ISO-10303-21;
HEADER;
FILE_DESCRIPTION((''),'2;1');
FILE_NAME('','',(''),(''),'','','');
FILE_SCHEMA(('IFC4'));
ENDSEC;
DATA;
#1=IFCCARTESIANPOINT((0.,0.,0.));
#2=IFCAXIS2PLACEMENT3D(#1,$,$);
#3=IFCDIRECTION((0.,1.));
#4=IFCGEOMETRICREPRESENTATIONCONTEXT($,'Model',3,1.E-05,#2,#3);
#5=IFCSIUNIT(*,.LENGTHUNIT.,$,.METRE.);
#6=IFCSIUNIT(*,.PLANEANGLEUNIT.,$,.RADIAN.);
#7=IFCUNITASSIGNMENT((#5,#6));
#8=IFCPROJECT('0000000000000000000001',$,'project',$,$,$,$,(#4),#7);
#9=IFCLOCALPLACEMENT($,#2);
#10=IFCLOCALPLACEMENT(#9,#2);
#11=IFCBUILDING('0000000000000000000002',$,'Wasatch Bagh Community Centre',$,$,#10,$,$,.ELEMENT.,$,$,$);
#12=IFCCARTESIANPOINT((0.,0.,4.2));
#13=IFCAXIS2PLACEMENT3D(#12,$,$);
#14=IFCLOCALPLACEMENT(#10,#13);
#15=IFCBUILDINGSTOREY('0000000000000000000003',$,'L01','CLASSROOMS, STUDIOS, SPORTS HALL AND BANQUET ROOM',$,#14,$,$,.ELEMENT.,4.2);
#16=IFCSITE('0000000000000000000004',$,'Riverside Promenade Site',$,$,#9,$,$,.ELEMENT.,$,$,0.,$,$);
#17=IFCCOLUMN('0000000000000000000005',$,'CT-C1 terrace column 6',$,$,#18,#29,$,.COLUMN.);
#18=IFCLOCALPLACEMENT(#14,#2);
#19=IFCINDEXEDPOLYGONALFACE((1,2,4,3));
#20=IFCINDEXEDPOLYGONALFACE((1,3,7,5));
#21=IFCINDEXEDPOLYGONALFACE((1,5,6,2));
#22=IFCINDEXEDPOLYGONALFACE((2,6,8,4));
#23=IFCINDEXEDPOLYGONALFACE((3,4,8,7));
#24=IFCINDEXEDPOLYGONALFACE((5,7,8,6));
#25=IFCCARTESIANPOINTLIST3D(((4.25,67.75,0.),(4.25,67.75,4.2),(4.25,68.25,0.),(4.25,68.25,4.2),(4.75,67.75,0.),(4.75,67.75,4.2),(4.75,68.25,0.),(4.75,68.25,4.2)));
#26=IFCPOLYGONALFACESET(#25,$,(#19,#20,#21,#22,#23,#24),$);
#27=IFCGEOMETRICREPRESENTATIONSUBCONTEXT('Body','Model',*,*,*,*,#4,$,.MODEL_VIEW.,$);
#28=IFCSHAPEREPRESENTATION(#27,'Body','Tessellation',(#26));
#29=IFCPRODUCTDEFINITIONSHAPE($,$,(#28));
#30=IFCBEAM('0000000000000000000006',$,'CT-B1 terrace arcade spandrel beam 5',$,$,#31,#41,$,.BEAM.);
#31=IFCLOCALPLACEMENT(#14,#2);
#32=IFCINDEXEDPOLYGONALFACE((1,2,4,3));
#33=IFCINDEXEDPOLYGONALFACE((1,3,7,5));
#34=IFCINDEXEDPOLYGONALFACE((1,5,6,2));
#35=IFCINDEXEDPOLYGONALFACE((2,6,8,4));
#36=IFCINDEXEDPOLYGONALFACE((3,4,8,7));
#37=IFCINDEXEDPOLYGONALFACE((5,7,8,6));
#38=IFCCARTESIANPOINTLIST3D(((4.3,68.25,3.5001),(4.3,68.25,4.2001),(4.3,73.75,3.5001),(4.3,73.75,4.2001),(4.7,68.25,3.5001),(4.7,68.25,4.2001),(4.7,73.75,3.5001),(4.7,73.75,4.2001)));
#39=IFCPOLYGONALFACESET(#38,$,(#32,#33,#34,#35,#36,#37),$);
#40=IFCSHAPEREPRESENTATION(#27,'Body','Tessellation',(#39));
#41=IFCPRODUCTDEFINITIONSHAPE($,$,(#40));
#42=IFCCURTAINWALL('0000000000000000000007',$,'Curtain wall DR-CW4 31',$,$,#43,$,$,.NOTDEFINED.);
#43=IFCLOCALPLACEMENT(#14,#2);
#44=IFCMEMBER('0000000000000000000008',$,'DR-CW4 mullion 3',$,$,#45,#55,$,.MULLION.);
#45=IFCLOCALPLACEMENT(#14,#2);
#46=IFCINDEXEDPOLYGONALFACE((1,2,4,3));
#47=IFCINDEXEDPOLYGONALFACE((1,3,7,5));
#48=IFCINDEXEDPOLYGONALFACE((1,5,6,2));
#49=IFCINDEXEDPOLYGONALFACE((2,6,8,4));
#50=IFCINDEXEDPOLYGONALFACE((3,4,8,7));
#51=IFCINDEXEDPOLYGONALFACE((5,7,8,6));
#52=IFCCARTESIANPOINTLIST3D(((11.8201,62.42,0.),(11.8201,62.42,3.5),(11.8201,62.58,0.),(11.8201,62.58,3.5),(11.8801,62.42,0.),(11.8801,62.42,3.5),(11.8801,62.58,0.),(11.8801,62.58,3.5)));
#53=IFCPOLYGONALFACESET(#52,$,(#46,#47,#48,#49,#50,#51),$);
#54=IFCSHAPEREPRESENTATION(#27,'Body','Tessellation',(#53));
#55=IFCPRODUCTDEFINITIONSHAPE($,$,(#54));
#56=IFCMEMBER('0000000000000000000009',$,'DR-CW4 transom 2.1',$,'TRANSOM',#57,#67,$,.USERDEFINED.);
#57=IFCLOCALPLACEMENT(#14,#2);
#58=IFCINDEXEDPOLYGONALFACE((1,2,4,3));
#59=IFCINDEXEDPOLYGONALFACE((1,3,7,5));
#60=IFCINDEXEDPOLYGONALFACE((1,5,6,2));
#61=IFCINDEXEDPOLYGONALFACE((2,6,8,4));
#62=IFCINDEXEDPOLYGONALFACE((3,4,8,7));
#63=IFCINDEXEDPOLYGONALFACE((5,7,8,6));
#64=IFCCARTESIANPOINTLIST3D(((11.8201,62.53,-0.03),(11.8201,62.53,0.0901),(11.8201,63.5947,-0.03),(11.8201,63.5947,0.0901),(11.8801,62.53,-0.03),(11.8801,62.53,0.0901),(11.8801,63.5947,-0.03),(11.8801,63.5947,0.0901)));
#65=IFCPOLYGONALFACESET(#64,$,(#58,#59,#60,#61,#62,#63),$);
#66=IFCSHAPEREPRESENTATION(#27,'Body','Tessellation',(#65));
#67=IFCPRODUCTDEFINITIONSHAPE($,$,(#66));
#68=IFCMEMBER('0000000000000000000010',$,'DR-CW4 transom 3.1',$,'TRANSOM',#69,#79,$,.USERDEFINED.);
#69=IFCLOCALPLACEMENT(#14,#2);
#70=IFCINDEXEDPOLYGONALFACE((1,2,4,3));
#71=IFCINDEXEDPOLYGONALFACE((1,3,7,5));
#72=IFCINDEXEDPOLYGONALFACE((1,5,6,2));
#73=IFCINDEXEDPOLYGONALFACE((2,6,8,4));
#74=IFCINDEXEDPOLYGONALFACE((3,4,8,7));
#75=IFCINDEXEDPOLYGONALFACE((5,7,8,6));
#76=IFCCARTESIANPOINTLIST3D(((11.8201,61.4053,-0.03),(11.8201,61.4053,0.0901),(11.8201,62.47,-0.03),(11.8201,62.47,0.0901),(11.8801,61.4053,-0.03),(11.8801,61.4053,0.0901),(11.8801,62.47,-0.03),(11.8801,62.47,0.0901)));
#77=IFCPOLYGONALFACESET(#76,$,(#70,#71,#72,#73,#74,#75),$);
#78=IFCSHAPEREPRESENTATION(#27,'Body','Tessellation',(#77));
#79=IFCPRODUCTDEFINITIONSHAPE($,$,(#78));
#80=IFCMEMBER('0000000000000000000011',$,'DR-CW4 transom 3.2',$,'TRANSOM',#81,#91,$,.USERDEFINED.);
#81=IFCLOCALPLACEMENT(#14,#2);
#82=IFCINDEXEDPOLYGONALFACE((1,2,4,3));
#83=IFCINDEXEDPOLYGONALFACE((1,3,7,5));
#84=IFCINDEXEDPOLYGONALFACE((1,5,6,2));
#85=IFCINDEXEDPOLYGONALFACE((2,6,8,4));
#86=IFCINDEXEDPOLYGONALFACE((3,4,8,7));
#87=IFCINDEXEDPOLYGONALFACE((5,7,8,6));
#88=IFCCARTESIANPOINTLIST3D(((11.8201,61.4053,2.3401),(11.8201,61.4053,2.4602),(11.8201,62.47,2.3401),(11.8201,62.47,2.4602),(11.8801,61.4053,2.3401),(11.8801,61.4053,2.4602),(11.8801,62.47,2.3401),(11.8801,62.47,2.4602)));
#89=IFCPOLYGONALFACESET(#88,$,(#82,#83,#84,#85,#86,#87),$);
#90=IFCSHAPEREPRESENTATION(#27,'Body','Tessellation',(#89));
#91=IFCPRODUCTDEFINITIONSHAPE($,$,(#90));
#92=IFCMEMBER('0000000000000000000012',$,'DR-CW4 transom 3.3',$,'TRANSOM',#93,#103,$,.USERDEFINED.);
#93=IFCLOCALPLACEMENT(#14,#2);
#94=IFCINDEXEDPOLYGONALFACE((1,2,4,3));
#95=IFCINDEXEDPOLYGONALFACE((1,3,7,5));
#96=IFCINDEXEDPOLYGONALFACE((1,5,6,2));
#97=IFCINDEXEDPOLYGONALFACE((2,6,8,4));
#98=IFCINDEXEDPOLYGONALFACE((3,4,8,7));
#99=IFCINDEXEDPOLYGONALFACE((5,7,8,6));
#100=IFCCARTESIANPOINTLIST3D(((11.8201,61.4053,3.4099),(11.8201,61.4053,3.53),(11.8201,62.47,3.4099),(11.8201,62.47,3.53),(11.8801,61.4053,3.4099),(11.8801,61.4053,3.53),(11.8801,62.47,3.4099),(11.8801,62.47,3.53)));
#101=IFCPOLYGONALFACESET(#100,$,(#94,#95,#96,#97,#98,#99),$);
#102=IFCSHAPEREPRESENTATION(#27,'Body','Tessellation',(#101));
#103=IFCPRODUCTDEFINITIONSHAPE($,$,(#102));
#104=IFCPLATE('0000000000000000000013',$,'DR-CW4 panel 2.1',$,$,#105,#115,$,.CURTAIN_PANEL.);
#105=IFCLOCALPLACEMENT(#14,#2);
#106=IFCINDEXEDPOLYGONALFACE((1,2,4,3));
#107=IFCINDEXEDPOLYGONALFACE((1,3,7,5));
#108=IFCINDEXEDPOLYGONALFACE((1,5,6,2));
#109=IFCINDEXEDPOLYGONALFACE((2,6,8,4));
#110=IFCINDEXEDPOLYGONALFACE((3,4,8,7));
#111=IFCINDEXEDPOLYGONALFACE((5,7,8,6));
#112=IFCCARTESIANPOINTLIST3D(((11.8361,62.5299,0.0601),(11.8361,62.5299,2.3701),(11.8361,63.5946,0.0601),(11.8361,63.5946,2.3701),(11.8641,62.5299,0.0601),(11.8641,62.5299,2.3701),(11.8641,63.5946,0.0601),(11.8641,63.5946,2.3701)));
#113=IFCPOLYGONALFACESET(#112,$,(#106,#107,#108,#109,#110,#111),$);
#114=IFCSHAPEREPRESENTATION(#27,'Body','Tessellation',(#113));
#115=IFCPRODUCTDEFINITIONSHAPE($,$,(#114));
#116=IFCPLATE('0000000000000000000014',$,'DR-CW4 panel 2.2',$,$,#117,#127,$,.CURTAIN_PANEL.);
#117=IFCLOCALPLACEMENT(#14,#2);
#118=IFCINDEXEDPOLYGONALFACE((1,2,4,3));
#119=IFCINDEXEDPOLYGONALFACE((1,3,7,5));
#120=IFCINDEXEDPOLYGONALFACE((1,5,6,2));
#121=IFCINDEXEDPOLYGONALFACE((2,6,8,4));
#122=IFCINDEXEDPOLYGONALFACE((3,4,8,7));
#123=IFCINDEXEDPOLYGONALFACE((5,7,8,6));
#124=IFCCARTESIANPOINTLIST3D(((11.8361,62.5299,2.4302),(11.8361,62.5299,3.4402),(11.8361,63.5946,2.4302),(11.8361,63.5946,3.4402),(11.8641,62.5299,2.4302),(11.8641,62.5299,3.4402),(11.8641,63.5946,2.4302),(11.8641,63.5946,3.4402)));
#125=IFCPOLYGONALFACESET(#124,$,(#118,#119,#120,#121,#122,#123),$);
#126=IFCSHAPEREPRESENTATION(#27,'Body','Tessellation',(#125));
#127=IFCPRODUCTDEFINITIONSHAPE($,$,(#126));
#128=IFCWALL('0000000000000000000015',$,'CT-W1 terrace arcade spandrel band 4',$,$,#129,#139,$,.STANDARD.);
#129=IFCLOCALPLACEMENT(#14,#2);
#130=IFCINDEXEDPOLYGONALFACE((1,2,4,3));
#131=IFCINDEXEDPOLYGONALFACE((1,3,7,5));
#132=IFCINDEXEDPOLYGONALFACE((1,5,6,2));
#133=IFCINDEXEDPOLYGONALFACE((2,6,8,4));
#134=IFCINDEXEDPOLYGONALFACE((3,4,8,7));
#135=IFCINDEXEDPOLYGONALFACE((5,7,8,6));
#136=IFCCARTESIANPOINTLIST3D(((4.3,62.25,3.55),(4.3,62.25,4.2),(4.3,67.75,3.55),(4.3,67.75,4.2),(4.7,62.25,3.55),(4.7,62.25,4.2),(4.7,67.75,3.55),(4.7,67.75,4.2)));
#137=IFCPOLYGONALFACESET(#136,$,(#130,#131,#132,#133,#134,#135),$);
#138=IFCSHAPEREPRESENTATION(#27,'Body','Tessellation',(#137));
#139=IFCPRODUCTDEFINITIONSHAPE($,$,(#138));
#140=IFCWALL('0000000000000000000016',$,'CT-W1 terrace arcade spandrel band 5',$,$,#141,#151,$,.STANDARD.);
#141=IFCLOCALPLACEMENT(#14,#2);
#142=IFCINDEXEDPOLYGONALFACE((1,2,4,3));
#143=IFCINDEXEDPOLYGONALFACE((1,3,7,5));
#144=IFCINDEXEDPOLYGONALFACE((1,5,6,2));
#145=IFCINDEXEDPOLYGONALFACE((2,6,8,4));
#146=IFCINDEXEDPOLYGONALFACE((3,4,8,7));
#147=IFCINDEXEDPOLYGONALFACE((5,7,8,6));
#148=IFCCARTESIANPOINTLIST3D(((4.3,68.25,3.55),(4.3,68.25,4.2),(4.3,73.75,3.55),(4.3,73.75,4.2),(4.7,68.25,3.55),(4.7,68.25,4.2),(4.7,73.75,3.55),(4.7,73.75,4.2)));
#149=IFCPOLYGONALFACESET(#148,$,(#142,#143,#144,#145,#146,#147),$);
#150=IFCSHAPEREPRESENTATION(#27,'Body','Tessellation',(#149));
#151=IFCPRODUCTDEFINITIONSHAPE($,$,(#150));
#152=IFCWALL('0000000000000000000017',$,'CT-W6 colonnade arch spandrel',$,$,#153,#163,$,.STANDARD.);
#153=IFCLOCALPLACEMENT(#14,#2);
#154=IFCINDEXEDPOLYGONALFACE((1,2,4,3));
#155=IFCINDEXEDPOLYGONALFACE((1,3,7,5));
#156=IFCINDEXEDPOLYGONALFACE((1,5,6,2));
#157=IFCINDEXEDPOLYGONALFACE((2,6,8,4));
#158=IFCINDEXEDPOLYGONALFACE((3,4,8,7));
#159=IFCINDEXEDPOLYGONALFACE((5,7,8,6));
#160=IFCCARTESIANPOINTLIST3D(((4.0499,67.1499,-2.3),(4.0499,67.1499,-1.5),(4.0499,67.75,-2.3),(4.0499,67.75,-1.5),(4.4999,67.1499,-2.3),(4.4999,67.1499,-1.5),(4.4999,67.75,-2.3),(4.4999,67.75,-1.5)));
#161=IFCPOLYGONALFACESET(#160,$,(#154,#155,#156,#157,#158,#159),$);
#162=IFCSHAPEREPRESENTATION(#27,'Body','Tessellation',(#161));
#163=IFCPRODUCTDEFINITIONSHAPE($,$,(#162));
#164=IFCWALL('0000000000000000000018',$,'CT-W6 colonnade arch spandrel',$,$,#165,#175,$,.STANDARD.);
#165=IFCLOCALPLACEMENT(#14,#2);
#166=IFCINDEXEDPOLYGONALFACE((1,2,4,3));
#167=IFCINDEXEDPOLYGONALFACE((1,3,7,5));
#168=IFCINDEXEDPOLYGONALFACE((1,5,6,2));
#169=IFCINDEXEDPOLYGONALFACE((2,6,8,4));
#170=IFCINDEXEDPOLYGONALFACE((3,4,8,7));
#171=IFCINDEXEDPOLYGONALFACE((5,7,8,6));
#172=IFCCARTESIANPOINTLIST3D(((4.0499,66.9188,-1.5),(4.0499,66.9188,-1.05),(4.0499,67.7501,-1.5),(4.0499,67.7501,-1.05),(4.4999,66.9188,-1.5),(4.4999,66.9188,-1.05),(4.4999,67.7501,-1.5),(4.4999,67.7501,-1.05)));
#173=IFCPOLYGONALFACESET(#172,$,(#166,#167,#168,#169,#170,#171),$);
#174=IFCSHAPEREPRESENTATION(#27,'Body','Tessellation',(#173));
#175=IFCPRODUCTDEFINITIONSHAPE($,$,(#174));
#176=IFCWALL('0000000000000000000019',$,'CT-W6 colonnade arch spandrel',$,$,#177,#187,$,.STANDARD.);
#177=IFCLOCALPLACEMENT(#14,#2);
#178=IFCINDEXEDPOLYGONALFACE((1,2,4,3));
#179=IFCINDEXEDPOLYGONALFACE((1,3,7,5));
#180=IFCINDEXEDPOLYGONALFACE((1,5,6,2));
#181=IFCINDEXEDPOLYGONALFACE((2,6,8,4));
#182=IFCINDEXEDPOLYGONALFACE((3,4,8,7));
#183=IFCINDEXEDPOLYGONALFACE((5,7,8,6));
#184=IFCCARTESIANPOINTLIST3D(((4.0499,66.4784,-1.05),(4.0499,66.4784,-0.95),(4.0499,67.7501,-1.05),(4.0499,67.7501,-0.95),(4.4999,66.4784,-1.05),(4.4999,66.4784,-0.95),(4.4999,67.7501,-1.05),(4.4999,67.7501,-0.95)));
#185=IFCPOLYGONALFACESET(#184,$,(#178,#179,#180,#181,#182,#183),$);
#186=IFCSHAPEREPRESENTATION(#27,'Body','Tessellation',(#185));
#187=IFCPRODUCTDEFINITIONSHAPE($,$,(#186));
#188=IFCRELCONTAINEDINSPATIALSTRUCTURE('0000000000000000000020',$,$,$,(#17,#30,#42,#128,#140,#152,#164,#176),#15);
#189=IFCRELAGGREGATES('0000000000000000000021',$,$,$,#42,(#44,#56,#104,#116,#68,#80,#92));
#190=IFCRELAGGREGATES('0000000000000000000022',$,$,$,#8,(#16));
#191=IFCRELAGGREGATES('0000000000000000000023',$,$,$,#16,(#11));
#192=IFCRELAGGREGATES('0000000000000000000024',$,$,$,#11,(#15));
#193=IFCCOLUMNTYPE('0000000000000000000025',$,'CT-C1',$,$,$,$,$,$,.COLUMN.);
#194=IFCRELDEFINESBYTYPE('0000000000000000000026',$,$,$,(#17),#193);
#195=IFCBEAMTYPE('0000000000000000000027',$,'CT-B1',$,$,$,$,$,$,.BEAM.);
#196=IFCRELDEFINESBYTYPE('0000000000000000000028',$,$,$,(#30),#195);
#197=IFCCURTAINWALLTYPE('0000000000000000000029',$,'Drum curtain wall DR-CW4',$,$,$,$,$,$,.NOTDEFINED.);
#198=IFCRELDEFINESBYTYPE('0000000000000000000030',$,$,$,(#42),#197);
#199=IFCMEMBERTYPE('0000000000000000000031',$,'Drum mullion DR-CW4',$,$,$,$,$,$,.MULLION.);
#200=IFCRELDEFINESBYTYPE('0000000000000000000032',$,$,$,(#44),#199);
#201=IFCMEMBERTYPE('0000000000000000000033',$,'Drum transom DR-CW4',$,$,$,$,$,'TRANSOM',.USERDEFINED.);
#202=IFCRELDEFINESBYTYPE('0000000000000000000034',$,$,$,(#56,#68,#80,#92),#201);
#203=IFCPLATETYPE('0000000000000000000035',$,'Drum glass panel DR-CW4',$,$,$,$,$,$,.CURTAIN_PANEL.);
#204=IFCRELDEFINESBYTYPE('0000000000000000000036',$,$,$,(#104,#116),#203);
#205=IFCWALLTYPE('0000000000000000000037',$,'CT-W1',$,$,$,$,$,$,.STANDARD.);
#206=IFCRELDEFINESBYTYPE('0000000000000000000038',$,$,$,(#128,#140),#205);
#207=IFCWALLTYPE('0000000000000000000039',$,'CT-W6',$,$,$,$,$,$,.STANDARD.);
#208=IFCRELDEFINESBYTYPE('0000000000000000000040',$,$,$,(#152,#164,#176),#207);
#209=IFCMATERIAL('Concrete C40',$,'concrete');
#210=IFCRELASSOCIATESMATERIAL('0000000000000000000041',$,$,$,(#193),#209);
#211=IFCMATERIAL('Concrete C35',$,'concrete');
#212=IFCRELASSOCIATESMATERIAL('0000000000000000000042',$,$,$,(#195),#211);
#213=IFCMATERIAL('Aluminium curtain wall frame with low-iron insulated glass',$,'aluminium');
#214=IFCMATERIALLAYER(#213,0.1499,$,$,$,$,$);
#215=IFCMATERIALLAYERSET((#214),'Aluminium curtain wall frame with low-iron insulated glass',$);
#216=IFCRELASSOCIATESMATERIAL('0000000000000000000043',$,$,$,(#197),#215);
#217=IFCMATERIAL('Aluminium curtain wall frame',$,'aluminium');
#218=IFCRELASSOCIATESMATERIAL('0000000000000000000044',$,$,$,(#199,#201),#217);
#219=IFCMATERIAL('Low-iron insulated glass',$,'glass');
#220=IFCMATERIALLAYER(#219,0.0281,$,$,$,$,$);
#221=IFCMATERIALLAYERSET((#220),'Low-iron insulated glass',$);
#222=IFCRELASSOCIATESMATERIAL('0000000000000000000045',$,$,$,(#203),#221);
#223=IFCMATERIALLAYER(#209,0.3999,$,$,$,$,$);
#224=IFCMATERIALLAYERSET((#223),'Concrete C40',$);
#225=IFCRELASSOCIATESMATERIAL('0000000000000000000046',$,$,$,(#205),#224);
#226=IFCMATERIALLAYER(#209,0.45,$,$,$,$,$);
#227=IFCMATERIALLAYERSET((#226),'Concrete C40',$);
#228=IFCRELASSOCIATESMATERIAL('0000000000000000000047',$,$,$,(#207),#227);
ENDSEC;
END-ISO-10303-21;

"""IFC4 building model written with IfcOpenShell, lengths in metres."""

from ifc_helpers import new_model, si_unit, direction, frame, frame_2d, origin, origin_2d, place, context, subcontext, project, spatial, rectangle, extrude, material, layer, layer_set, material_profile, profile_set, type_object, element, aggregate, save


model = new_model("IFC4")

# Units and contexts
model_context = context("Model", 3, precision=1e-05, world=origin(), true_north=direction((0.0, 1.0)))
body_context = subcontext(model_context, "Body", "Model", "MODEL_VIEW")
ifc_project = project(units=[si_unit("LENGTHUNIT", "METRE"), si_unit("PLANEANGLEUNIT", "RADIAN")], contexts=[model_context])

# Site, building, storey
site_placement = place(None, origin())
site = spatial("IfcSite", under=ifc_project, at=site_placement, Name="Riverside Promenade Site", CompositionType="ELEMENT", RefElevation=0.0)
building_placement = place(site_placement, origin())
building = spatial("IfcBuilding", under=site, at=building_placement, Name="Wasatch Bagh Community Centre", CompositionType="ELEMENT")
storey_placement = place(building_placement, frame((0.0, 0.0, 4.2)))
storey = spatial("IfcBuildingStorey", under=building, at=storey_placement, Name="L01", Description="CLASSROOMS, STUDIOS, SPORTS HALL AND BANQUET ROOM", CompositionType="ELEMENT", Elevation=4.2)

# Column
ifc_material_1 = material(Name="Concrete C40", Category="concrete")
ifc_material_profile_1 = material_profile(ifc_material_1, rectangle(XDim=0.5, YDim=0.5, at=origin_2d()), Name="RC 500x500")
ifc_profile_set_1 = profile_set([ifc_material_profile_1], Name="Concrete C40")
column_type = type_object("IfcColumnType", Name="CT-C1", PredefinedType="COLUMN", material=ifc_profile_set_1)
column_placement = place(storey_placement, frame((4.5, 68.0, 0.0), z_axis=(0.0, 0.0, 1.0), x_axis=(1.0, 0.0, 0.0)))
element("IfcColumn", 1, at=column_placement, inside=storey, type_object=column_type, Name="CT-C1 terrace column 6", PredefinedType="COLUMN", context=body_context, shape_type="SweptSolid", body=[
    extrude(rectangle(XDim=0.5, YDim=0.5, at=origin_2d()), origin(), (0.0, 0.0, 1.0), 4.2),
])

# Beam
ifc_material_2 = material(Name="Concrete C35", Category="concrete")
ifc_material_profile_2 = material_profile(ifc_material_2, rectangle(XDim=0.3999, YDim=0.7, at=origin_2d()), Name="RC 400x700")
ifc_profile_set_2 = profile_set([ifc_material_profile_2], Name="Concrete C35")
beam_type = type_object("IfcBeamType", Name="CT-B1", PredefinedType="BEAM", material=ifc_profile_set_2)
beam_placement = place(storey_placement, frame((4.5, 68.25, 3.8501), z_axis=(0.0, 1.0, 0.0), x_axis=(-1.0, 0.0, 0.0)))
element("IfcBeam", 2, at=beam_placement, inside=storey, type_object=beam_type, Name="CT-B1 terrace arcade spandrel beam 5", PredefinedType="BEAM", context=body_context, shape_type="SweptSolid", body=[
    extrude(rectangle(XDim=0.3999, YDim=0.7, at=origin_2d()), origin(), (0.0, 0.0, 1.0), 5.5),
])

# Curtain wall, members, plates
ifc_material_3 = material(Name="Aluminium curtain wall frame with low-iron insulated glass", Category="aluminium")
ifc_layer_1 = layer(ifc_material_3, 0.1499)
ifc_layer_set_1 = layer_set([ifc_layer_1], Name="Aluminium curtain wall frame with low-iron insulated glass")
curtain_wall_type = type_object("IfcCurtainWallType", Name="Drum curtain wall DR-CW4", PredefinedType="NOTDEFINED", material=ifc_layer_set_1)
curtain_wall_placement = place(storey_placement, origin())
curtain_wall = element("IfcCurtainWall", 3, at=curtain_wall_placement, inside=storey, type_object=curtain_wall_type, Name="Curtain wall DR-CW4 31", PredefinedType="NOTDEFINED")
ifc_material_4 = material(Name="Aluminium curtain wall frame", Category="aluminium")
ifc_material_profile_3 = material_profile(ifc_material_4, rectangle(XDim=0.0601, YDim=0.1599, at=origin_2d()), Name="Drum mullion DR-CW4")
ifc_profile_set_3 = profile_set([ifc_material_profile_3], Name="Aluminium curtain wall frame")
member_type_1 = type_object("IfcMemberType", Name="Drum mullion DR-CW4", PredefinedType="MULLION", material=ifc_profile_set_3)
member_1_placement = place(storey_placement, frame((11.8501, 62.5, 0.0), z_axis=(0.0, 0.0, 1.0), x_axis=(1.0, 0.0, 0.0)))
member_1 = element("IfcMember", 4, at=member_1_placement, type_object=member_type_1, Name="DR-CW4 mullion 3", PredefinedType="MULLION", context=body_context, shape_type="SweptSolid", body=[
    extrude(rectangle(XDim=0.0601, YDim=0.1599, at=origin_2d()), origin(), (0.0, 0.0, 1.0), 3.5),
])
ifc_material_profile_4 = material_profile(ifc_material_4, rectangle(XDim=0.0601, YDim=0.1201, at=origin_2d()), Name="Drum transom DR-CW4")
ifc_profile_set_4 = profile_set([ifc_material_profile_4], Name="Aluminium curtain wall frame")
member_type_2 = type_object("IfcMemberType", Name="Drum transom DR-CW4", ElementType="TRANSOM", PredefinedType="USERDEFINED", material=ifc_profile_set_4)
member_2_placement = place(storey_placement, frame((11.8501, 63.5947, 0.03), z_axis=(0.0, -1.0, 0.0), x_axis=(1.0, 0.0, 0.0)))
member_2 = element("IfcMember", 5, at=member_2_placement, type_object=member_type_2, Name="DR-CW4 transom 2.1", ObjectType="TRANSOM", PredefinedType="USERDEFINED", context=body_context, shape_type="SweptSolid", body=[
    extrude(rectangle(XDim=0.0601, YDim=0.1201, at=origin_2d()), origin(), (0.0, 0.0, 1.0), 1.0647),
])
member_3_placement = place(storey_placement, frame((11.8501, 62.47, 0.03), z_axis=(0.0, -1.0, 0.0), x_axis=(1.0, 0.0, 0.0)))
member_3 = element("IfcMember", 6, at=member_3_placement, type_object=member_type_2, Name="DR-CW4 transom 3.1", ObjectType="TRANSOM", PredefinedType="USERDEFINED", context=body_context, shape_type="SweptSolid", body=[
    extrude(rectangle(XDim=0.0601, YDim=0.1201, at=origin_2d()), origin(), (0.0, 0.0, 1.0), 1.0647),
])
member_4_placement = place(storey_placement, frame((11.8501, 62.47, 2.4001), z_axis=(0.0, -1.0, 0.0), x_axis=(1.0, 0.0, 0.0)))
member_4 = element("IfcMember", 7, at=member_4_placement, type_object=member_type_2, Name="DR-CW4 transom 3.2", ObjectType="TRANSOM", PredefinedType="USERDEFINED", context=body_context, shape_type="SweptSolid", body=[
    extrude(rectangle(XDim=0.0601, YDim=0.1201, at=origin_2d()), origin(), (0.0, 0.0, 1.0), 1.0647),
])
member_5_placement = place(storey_placement, frame((11.8501, 62.47, 3.47), z_axis=(0.0, -1.0, 0.0), x_axis=(1.0, 0.0, 0.0)))
member_5 = element("IfcMember", 8, at=member_5_placement, type_object=member_type_2, Name="DR-CW4 transom 3.3", ObjectType="TRANSOM", PredefinedType="USERDEFINED", context=body_context, shape_type="SweptSolid", body=[
    extrude(rectangle(XDim=0.0601, YDim=0.1201, at=origin_2d()), origin(), (0.0, 0.0, 1.0), 1.0647),
])
ifc_material_5 = material(Name="Low-iron insulated glass", Category="glass")
ifc_layer_2 = layer(ifc_material_5, 0.0281)
ifc_layer_set_2 = layer_set([ifc_layer_2], Name="Low-iron insulated glass")
plate_type = type_object("IfcPlateType", Name="Drum glass panel DR-CW4", PredefinedType="CURTAIN_PANEL", material=ifc_layer_set_2)
plate_1_placement = place(storey_placement, frame((11.8501, 63.0623, 0.0601), z_axis=(0.0, 0.0, 1.0), x_axis=(0.0, -1.0, 0.0)))
plate_1 = element("IfcPlate", 9, at=plate_1_placement, type_object=plate_type, Name="DR-CW4 panel 2.1", PredefinedType="CURTAIN_PANEL", context=body_context, shape_type="SweptSolid", body=[
    extrude(rectangle(XDim=1.0647, YDim=0.0281, at=origin_2d()), origin(), (0.0, 0.0, 1.0), 2.3101),
])
plate_2_placement = place(storey_placement, frame((11.8501, 63.0623, 2.4302), z_axis=(0.0, 0.0, 1.0), x_axis=(0.0, -1.0, 0.0)))
plate_2 = element("IfcPlate", 10, at=plate_2_placement, type_object=plate_type, Name="DR-CW4 panel 2.2", PredefinedType="CURTAIN_PANEL", context=body_context, shape_type="SweptSolid", body=[
    extrude(rectangle(XDim=1.0647, YDim=0.0281, at=origin_2d()), origin(), (0.0, 0.0, 1.0), 1.01),
])
aggregate(curtain_wall, [member_1, member_2, plate_1, plate_2, member_3, member_4, member_5])

# Walls
ifc_layer_3 = layer(ifc_material_1, 0.3999)
ifc_layer_set_3 = layer_set([ifc_layer_3], Name="Concrete C40")
wall_type_1 = type_object("IfcWallType", Name="CT-W1", PredefinedType="STANDARD", material=ifc_layer_set_3)
for number, where, z_axis, x_axis, name in (
    (11, (4.5, 62.25, 3.55), (0.0, 0.0, 1.0), (0.0, 1.0, 0.0), "CT-W1 terrace arcade spandrel band 4"),
    (12, (4.5, 68.25, 3.55), (0.0, 0.0, 1.0), (0.0, 1.0, 0.0), "CT-W1 terrace arcade spandrel band 5"),
):
    element("IfcWall", number, at=place(storey_placement, frame(where, z_axis=z_axis, x_axis=x_axis)), inside=storey, type_object=wall_type_1, Name=name, PredefinedType="STANDARD", context=body_context, shape_type="SweptSolid", body=[
        extrude(rectangle(XDim=5.5, YDim=0.3999, at=frame_2d((2.75, 0.0))), origin(), (0.0, 0.0, 1.0), 0.6499),
    ])
ifc_layer_4 = layer(ifc_material_1, 0.45)
ifc_layer_set_4 = layer_set([ifc_layer_4], Name="Concrete C40")
wall_type_2 = type_object("IfcWallType", Name="CT-W6", PredefinedType="STANDARD", material=ifc_layer_set_4)
wall_1_placement = place(storey_placement, frame((4.2749, 67.75, -2.3), z_axis=(0.0, 0.0, 1.0), x_axis=(0.0, -1.0, 0.0)))
element("IfcWall", 13, at=wall_1_placement, inside=storey, type_object=wall_type_2, Name="CT-W6 colonnade arch spandrel", PredefinedType="STANDARD", context=body_context, shape_type="SweptSolid", body=[
    extrude(rectangle(XDim=0.6001, YDim=0.45, at=frame_2d((0.3, 0.0))), origin(), (0.0, 0.0, 1.0), 0.8),
])
wall_2_placement = place(storey_placement, frame((4.2749, 67.75, -1.5), z_axis=(0.0, 0.0, 1.0), x_axis=(0.0, -1.0, 0.0)))
element("IfcWall", 14, at=wall_2_placement, inside=storey, type_object=wall_type_2, Name="CT-W6 colonnade arch spandrel", PredefinedType="STANDARD", context=body_context, shape_type="SweptSolid", body=[
    extrude(rectangle(XDim=0.8313, YDim=0.45, at=frame_2d((0.4155, 0.0))), origin(), (0.0, 0.0, 1.0), 0.45),
])
wall_3_placement = place(storey_placement, frame((4.2749, 67.75, -1.05), z_axis=(0.0, 0.0, 1.0), x_axis=(0.0, -1.0, 0.0)))
element("IfcWall", 15, at=wall_3_placement, inside=storey, type_object=wall_type_2, Name="CT-W6 colonnade arch spandrel", PredefinedType="STANDARD", context=body_context, shape_type="SweptSolid", body=[
    extrude(rectangle(XDim=1.2717, YDim=0.45, at=frame_2d((0.6357, 0.0))), origin(), (0.0, 0.0, 1.0), 0.1001),
])

save(model, "model.ifc")
